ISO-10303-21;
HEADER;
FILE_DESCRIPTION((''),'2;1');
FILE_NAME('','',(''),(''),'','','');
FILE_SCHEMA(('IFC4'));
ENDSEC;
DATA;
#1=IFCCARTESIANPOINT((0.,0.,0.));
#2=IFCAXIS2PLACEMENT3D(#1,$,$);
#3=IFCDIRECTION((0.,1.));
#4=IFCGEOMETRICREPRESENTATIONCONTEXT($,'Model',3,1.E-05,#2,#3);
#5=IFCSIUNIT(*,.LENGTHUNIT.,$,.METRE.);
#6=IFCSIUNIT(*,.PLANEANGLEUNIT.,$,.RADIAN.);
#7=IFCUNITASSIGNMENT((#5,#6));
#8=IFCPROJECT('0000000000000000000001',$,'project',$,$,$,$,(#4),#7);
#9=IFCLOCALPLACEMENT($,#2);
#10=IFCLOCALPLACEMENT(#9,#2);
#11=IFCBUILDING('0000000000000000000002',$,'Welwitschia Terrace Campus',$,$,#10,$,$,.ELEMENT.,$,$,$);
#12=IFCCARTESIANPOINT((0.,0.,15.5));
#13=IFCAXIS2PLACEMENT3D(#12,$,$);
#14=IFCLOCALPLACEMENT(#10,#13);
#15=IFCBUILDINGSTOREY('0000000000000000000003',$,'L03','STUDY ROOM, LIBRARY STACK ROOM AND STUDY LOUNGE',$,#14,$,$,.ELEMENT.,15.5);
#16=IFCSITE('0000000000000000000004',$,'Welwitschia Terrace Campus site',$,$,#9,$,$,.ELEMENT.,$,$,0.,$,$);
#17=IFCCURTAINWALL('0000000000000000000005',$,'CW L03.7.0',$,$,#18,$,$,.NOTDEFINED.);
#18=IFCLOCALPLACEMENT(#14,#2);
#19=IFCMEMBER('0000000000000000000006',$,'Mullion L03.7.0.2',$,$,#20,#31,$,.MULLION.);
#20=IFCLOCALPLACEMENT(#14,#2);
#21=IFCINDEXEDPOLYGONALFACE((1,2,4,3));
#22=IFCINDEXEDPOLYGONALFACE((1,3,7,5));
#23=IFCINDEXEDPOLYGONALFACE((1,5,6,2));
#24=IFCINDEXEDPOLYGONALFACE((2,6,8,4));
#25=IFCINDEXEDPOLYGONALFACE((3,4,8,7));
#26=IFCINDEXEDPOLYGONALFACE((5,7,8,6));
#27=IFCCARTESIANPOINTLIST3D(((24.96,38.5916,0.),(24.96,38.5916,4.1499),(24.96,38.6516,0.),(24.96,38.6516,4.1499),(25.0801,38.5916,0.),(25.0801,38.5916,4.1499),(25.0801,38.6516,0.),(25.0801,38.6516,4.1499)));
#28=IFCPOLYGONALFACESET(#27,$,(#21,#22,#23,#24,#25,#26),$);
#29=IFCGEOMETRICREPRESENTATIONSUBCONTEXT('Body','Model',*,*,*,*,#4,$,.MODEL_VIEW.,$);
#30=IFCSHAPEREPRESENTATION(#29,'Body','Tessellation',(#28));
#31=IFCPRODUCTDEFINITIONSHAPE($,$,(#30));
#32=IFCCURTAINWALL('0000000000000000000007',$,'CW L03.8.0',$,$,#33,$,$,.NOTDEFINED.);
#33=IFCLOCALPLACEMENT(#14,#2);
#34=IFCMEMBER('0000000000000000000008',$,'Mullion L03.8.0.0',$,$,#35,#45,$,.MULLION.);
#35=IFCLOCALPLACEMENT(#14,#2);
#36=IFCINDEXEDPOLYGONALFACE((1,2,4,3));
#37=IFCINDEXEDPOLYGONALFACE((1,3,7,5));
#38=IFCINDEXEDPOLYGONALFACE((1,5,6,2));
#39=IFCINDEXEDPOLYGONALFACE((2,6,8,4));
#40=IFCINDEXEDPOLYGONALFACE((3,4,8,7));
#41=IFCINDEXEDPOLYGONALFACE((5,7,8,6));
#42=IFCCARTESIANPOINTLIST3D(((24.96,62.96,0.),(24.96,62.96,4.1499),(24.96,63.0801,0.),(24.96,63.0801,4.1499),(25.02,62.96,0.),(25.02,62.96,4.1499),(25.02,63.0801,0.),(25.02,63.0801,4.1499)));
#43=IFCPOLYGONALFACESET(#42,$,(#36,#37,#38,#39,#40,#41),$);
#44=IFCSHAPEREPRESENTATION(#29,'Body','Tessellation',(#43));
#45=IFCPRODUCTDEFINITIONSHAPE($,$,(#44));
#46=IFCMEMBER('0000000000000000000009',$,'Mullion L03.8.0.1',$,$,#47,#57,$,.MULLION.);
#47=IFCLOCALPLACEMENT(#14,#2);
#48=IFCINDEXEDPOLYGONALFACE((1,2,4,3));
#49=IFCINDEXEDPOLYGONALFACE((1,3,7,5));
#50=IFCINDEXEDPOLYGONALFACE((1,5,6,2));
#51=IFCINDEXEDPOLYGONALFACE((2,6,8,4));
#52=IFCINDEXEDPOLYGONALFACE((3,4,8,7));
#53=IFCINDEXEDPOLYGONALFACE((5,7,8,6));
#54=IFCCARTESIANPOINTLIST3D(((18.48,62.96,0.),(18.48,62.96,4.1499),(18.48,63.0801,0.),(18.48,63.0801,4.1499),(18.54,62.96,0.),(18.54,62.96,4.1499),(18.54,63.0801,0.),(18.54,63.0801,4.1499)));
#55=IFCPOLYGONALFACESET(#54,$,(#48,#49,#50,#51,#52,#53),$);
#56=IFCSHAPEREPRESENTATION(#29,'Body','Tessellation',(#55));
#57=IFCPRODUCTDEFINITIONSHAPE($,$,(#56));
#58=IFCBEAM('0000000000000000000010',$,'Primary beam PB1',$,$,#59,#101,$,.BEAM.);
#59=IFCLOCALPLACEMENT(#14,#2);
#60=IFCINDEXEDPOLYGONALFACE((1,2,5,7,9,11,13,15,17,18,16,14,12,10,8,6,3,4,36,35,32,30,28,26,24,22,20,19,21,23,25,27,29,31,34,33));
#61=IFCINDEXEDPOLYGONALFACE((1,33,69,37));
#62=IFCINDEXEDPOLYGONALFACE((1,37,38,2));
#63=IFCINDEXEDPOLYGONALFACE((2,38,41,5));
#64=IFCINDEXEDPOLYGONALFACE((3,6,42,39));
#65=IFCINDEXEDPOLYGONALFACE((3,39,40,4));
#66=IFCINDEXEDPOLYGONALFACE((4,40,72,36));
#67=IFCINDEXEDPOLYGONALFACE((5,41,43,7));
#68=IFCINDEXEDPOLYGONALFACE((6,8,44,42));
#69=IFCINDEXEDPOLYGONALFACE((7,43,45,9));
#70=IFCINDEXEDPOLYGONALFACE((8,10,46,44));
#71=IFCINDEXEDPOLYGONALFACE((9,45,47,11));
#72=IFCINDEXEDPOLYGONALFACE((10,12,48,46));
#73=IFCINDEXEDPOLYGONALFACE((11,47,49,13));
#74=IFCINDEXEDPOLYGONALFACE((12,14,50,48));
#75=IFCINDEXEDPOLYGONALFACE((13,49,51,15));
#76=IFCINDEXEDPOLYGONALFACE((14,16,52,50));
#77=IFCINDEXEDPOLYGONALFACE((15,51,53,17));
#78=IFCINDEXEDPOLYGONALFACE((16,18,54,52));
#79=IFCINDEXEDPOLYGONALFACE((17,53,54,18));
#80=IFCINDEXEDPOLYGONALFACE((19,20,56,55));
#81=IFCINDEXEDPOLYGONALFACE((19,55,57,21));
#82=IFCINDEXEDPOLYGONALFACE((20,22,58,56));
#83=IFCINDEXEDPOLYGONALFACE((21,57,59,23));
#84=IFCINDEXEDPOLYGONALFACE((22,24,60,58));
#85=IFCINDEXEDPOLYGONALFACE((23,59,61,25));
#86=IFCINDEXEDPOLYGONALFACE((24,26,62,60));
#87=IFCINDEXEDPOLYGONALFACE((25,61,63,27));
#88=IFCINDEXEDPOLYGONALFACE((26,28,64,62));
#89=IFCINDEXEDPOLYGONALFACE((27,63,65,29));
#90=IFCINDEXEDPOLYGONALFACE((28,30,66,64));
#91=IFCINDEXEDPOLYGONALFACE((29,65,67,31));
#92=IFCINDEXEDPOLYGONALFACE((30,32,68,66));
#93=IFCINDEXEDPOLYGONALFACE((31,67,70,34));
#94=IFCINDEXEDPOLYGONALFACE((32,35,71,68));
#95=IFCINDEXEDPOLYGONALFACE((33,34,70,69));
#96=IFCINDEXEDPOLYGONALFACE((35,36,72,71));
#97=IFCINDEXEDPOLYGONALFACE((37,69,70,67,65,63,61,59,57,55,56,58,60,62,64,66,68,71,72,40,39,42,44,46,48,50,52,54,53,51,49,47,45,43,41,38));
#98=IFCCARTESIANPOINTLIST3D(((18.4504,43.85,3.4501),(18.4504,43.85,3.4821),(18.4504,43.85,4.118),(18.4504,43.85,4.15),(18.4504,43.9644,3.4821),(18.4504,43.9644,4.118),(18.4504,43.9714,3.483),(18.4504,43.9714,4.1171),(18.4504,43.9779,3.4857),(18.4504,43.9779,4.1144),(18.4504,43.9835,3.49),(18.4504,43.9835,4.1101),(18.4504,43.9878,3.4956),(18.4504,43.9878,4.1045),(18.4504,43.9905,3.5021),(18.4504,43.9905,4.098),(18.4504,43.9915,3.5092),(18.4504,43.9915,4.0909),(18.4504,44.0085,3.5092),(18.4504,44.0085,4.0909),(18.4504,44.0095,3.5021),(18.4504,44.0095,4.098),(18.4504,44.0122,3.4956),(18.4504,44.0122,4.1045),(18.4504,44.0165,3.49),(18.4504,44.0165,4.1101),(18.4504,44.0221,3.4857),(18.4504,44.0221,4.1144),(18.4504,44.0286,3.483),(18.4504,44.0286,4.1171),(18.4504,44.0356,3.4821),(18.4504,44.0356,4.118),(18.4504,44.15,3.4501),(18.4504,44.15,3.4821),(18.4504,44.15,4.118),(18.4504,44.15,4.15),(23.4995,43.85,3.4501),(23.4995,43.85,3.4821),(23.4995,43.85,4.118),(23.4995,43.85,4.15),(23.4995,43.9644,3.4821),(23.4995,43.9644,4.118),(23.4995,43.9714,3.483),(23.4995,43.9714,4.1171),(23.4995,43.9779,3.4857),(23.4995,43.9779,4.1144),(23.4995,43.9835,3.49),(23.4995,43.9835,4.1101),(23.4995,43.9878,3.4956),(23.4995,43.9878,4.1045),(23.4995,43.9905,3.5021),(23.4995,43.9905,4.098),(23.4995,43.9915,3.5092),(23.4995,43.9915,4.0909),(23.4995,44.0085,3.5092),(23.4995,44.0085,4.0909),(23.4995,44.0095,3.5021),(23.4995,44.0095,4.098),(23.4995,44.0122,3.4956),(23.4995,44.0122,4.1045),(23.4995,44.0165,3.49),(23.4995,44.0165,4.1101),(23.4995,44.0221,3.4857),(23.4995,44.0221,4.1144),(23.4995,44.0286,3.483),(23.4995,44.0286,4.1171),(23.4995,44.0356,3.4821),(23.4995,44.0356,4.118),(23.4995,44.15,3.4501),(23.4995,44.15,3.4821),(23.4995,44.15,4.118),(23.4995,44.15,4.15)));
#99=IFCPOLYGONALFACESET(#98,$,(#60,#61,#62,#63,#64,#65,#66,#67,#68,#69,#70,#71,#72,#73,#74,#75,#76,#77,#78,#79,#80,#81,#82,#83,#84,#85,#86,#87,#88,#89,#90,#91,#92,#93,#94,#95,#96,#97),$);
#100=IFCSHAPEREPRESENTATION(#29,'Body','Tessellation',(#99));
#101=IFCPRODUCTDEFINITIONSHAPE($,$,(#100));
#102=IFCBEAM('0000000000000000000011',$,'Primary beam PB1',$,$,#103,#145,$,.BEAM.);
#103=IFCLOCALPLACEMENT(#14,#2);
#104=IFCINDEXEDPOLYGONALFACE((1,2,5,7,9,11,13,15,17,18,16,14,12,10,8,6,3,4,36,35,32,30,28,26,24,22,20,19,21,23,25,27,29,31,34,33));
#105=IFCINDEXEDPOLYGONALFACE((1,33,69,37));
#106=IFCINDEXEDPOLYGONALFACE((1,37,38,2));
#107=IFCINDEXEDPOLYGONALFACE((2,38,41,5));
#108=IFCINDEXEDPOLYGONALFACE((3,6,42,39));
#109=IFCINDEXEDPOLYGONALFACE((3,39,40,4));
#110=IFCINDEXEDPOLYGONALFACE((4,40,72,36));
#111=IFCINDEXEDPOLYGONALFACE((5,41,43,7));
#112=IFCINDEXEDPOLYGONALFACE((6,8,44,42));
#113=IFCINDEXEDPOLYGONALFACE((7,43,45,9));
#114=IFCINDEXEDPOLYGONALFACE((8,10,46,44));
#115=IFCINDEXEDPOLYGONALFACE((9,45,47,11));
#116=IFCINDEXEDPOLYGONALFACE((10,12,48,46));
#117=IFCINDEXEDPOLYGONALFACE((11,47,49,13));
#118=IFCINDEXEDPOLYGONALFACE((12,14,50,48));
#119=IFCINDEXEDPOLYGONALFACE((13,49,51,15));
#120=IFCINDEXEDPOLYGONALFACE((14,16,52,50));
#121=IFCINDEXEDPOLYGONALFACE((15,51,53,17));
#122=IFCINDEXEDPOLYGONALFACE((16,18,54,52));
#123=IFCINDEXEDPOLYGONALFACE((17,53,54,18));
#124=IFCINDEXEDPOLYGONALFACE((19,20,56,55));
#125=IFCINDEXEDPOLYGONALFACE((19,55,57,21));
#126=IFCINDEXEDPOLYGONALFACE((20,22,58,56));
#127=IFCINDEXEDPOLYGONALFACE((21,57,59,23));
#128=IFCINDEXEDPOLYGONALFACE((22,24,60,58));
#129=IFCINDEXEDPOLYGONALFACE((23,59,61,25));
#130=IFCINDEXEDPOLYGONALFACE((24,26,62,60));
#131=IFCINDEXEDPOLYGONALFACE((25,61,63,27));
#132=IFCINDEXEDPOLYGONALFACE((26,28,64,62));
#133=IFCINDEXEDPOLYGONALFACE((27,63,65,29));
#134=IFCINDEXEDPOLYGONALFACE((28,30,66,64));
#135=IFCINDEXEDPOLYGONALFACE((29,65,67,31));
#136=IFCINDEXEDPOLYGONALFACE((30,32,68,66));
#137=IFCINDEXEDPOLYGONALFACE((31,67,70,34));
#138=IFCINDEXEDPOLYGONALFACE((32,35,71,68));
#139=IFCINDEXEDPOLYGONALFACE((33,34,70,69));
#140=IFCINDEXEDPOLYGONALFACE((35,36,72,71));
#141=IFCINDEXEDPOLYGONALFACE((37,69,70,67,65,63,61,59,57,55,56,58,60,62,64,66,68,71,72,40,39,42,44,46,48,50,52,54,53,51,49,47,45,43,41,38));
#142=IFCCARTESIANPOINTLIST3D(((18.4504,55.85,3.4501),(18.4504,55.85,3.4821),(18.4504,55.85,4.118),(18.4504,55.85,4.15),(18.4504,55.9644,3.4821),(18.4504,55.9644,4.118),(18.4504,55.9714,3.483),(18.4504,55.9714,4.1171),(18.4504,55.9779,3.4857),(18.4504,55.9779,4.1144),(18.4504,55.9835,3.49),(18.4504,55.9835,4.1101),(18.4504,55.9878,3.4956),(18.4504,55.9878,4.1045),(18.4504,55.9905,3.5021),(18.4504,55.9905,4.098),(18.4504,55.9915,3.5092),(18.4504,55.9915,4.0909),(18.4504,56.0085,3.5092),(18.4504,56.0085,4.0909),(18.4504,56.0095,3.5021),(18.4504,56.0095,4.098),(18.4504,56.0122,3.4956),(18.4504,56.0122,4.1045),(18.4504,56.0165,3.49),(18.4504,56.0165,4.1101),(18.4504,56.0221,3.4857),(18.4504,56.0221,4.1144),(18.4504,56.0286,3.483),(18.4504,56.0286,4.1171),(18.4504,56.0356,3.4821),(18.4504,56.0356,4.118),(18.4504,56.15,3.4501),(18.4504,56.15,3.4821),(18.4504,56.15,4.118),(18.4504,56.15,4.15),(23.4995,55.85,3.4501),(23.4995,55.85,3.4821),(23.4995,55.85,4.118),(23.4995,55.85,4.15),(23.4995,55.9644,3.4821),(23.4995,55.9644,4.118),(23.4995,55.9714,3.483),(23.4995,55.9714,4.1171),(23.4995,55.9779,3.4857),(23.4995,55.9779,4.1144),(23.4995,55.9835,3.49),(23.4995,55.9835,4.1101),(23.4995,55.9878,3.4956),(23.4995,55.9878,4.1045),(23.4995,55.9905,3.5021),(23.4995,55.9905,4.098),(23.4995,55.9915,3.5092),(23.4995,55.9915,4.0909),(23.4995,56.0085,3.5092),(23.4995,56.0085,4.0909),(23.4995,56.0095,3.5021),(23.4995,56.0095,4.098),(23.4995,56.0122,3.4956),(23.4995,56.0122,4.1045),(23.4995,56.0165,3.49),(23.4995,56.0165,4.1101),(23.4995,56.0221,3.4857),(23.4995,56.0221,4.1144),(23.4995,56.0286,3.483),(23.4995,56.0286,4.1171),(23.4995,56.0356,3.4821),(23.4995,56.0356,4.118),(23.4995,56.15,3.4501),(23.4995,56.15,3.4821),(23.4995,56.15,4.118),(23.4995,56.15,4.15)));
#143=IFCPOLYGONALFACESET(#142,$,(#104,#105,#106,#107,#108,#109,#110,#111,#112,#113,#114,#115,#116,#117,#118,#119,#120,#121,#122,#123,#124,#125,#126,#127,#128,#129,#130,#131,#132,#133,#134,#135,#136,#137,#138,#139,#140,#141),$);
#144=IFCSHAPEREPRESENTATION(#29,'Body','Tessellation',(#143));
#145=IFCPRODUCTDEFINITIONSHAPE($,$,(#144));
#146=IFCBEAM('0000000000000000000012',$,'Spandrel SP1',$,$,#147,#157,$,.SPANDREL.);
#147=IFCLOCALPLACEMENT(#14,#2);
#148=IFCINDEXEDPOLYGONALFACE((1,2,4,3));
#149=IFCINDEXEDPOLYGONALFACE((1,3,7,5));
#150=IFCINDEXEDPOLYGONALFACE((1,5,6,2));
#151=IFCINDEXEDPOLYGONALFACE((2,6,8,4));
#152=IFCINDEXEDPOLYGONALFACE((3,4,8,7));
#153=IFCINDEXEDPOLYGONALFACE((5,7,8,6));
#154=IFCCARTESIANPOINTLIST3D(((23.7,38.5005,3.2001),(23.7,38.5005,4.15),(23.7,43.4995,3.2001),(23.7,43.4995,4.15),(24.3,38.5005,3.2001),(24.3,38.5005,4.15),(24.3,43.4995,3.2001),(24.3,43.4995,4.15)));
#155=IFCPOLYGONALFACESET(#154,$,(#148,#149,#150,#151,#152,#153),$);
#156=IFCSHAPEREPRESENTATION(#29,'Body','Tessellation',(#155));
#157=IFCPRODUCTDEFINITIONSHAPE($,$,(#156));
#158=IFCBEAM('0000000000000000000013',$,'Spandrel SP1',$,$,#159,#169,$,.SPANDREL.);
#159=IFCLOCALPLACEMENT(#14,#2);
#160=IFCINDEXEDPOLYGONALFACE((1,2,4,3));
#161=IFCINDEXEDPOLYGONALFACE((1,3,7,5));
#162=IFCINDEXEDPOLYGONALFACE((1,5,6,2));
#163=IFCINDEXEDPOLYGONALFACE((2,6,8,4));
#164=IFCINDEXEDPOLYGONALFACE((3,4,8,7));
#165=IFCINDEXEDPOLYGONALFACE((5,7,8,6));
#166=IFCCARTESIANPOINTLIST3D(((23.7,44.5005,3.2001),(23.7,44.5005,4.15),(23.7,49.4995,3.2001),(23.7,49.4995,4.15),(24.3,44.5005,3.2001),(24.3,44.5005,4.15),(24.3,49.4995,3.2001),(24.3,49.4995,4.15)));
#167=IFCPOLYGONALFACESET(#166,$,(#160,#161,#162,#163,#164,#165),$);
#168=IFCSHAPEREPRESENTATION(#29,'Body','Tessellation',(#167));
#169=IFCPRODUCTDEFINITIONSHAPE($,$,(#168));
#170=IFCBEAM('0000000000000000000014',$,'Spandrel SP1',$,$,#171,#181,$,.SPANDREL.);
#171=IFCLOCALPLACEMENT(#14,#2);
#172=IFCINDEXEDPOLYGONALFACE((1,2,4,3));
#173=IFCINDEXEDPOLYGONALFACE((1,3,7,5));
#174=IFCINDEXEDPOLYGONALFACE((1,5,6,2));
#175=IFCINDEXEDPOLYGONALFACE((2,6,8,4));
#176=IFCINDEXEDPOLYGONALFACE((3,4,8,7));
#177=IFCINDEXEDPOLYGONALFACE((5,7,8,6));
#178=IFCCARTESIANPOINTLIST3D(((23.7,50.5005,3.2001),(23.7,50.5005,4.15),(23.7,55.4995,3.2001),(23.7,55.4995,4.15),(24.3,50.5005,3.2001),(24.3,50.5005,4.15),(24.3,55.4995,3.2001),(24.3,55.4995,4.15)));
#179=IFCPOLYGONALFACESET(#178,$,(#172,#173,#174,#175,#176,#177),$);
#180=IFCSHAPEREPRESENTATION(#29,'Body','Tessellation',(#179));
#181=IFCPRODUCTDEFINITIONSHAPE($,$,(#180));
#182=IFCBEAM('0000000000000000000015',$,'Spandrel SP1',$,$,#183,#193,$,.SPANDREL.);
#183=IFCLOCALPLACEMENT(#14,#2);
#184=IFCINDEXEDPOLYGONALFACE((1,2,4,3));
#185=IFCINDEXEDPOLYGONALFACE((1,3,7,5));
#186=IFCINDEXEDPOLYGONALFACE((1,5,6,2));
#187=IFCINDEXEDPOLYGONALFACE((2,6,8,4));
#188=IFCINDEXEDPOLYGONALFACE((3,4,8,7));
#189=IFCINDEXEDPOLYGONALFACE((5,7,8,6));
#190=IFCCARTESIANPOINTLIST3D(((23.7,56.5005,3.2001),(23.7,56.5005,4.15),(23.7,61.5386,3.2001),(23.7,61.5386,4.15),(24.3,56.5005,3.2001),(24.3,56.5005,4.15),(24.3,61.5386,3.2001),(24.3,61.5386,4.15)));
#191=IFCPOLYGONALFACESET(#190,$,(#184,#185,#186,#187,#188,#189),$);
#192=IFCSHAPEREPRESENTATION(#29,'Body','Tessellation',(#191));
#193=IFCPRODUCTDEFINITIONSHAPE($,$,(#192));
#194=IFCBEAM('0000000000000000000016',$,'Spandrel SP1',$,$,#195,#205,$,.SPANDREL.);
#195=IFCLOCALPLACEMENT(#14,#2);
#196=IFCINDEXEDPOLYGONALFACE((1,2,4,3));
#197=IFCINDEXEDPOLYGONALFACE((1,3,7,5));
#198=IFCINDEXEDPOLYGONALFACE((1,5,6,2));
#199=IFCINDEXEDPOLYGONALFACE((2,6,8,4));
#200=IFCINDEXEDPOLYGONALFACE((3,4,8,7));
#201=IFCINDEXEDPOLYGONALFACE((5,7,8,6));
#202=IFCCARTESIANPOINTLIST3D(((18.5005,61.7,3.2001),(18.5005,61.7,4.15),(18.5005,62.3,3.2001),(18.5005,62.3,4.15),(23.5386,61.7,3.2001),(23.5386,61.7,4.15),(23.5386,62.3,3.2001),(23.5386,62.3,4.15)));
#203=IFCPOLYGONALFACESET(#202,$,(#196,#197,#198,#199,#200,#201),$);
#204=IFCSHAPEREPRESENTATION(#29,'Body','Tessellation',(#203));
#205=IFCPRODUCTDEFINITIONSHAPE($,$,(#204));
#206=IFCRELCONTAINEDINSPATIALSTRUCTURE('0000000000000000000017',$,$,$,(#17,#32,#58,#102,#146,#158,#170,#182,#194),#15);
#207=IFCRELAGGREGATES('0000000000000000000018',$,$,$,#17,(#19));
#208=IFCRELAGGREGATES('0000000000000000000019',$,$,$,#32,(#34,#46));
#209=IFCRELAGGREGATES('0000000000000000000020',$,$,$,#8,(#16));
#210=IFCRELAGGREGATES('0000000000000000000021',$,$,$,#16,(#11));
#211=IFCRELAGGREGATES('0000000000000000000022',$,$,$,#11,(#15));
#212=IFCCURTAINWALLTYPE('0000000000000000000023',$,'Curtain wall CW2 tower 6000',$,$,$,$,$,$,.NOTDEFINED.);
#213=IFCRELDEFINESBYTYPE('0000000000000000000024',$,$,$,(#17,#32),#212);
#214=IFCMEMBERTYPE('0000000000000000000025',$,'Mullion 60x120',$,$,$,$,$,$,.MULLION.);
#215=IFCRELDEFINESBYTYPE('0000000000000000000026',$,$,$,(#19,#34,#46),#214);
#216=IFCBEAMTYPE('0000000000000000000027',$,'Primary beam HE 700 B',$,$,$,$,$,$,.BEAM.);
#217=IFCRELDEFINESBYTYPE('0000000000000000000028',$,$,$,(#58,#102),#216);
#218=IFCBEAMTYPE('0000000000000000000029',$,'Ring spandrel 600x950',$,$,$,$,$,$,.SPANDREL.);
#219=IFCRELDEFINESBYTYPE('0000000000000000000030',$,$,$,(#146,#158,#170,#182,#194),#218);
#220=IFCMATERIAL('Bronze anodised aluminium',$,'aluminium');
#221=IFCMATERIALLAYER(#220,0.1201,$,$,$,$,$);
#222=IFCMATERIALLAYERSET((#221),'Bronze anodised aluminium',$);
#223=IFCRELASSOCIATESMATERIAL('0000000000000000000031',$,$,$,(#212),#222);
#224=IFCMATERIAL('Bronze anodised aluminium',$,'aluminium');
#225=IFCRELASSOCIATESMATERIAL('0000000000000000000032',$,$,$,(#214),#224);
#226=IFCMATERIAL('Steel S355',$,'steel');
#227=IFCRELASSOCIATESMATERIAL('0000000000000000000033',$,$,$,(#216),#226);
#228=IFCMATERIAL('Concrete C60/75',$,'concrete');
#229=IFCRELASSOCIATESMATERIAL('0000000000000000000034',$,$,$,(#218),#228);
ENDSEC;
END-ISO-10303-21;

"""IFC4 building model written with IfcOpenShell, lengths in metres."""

from ifc_helpers import new_model, si_unit, direction, frame, origin, origin_2d, place, context, subcontext, project, spatial, rectangle, i_section, extrude, material, layer, layer_set, material_profile, profile_set, type_object, element, aggregate, save


model = new_model("IFC4")

# Units and contexts
model_context = context("Model", 3, precision=1e-05, world=origin(), true_north=direction((0.0, 1.0)))
body_context = subcontext(model_context, "Body", "Model", "MODEL_VIEW")
ifc_project = project(units=[si_unit("LENGTHUNIT", "METRE"), si_unit("PLANEANGLEUNIT", "RADIAN")], contexts=[model_context])

# Site, building, storey
site_placement = place(None, origin())
site = spatial("IfcSite", under=ifc_project, at=site_placement, Name="Welwitschia Terrace Campus site", CompositionType="ELEMENT", RefElevation=0.0)
building_placement = place(site_placement, origin())
building = spatial("IfcBuilding", under=site, at=building_placement, Name="Welwitschia Terrace Campus", CompositionType="ELEMENT")
storey_placement = place(building_placement, frame((0.0, 0.0, 15.5)))
storey = spatial("IfcBuildingStorey", under=building, at=storey_placement, Name="L03", Description="STUDY ROOM, LIBRARY STACK ROOM AND STUDY LOUNGE", CompositionType="ELEMENT", Elevation=15.5)

# Curtain wall, member
ifc_material_1 = material(Name="Bronze anodised aluminium", Category="aluminium")
ifc_layer_1 = layer(ifc_material_1, 0.1201)
ifc_layer_set_1 = layer_set([ifc_layer_1], Name="Bronze anodised aluminium")
curtain_wall_type = type_object("IfcCurtainWallType", Name="Curtain wall CW2 tower 6000", PredefinedType="NOTDEFINED", material=ifc_layer_set_1)
curtain_wall_1_placement = place(storey_placement, origin())
curtain_wall_1 = element("IfcCurtainWall", 1, at=curtain_wall_1_placement, inside=storey, type_object=curtain_wall_type, Name="CW L03.7.0", PredefinedType="NOTDEFINED")
ifc_material_2 = material(Name="Bronze anodised aluminium", Category="aluminium")
ifc_material_profile_1 = material_profile(ifc_material_2, rectangle(XDim=0.1201, YDim=0.0601, at=origin_2d()))
ifc_profile_set_1 = profile_set([ifc_material_profile_1], Name="Bronze anodised aluminium")
member_type_1 = type_object("IfcMemberType", Name="Mullion 60x120", PredefinedType="MULLION", material=ifc_profile_set_1)
member_1_placement = place(storey_placement, frame((25.02, 38.6216, 0.0), z_axis=(0.0, 0.0, 1.0), x_axis=(-1.0, 0.0, 0.0)))
member_1 = element("IfcMember", 2, at=member_1_placement, type_object=member_type_1, Name="Mullion L03.7.0.2", PredefinedType="MULLION", context=body_context, shape_type="SweptSolid", body=[
    extrude(rectangle(XDim=0.1201, YDim=0.0601, at=origin_2d()), origin(), (0.0, 0.0, 1.0), 4.1499),
])

# Curtain wall, members
curtain_wall_2_placement = place(storey_placement, origin())
curtain_wall_2 = element("IfcCurtainWall", 3, at=curtain_wall_2_placement, inside=storey, type_object=curtain_wall_type, Name="CW L03.8.0", PredefinedType="NOTDEFINED")
member_2_placement = place(storey_placement, frame((24.99, 63.02, 0.0), z_axis=(0.0, 0.0, 1.0), x_axis=(0.0, -1.0, 0.0)))
member_2 = element("IfcMember", 4, at=member_2_placement, type_object=member_type_1, Name="Mullion L03.8.0.0", PredefinedType="MULLION", context=body_context, shape_type="SweptSolid", body=[
    extrude(rectangle(XDim=0.1201, YDim=0.0601, at=origin_2d()), origin(), (0.0, 0.0, 1.0), 4.1499),
])
member_3_placement = place(storey_placement, frame((18.51, 63.02, 0.0), z_axis=(0.0, 0.0, 1.0), x_axis=(0.0, -1.0, 0.0)))
member_3 = element("IfcMember", 5, at=member_3_placement, type_object=member_type_1, Name="Mullion L03.8.0.1", PredefinedType="MULLION", context=body_context, shape_type="SweptSolid", body=[
    extrude(rectangle(XDim=0.1201, YDim=0.0601, at=origin_2d()), origin(), (0.0, 0.0, 1.0), 4.1499),
])

# Beams
ifc_material_3 = material(Name="Steel S355", Category="steel")
ifc_material_profile_2 = material_profile(ifc_material_3, i_section(OverallWidth=0.3, OverallDepth=0.7, WebThickness=0.0171, FlangeThickness=0.032, FilletRadius=0.0271, at=origin_2d()))
ifc_profile_set_2 = profile_set([ifc_material_profile_2], Name="Steel S355")
beam_type_1 = type_object("IfcBeamType", Name="Primary beam HE 700 B", PredefinedType="BEAM", material=ifc_profile_set_2)
for number, where, z_axis, x_axis, name in (
    (6, (23.4995, 44.0, 3.8), (-1.0, 0.0, 0.0), (0.0, -1.0, 0.0), "Primary beam PB1"),
    (7, (23.4995, 56.0, 3.8), (-1.0, 0.0, 0.0), (0.0, -1.0, 0.0), "Primary beam PB1"),
):
    element("IfcBeam", number, at=place(storey_placement, frame(where, z_axis=z_axis, x_axis=x_axis)), inside=storey, type_object=beam_type_1, Name=name, PredefinedType="BEAM", context=body_context, shape_type="SweptSolid", body=[
        extrude(i_section(OverallWidth=0.3, OverallDepth=0.7, WebThickness=0.0171, FlangeThickness=0.032, FilletRadius=0.0271, at=origin_2d()), origin(), (0.0, 0.0, 1.0), 5.0491),
    ])
ifc_material_4 = material(Name="Concrete C60/75", Category="concrete")
ifc_material_profile_3 = material_profile(ifc_material_4, rectangle(XDim=0.6001, YDim=0.95, at=origin_2d()))
ifc_profile_set_3 = profile_set([ifc_material_profile_3], Name="Concrete C60/75")
beam_type_2 = type_object("IfcBeamType", Name="Ring spandrel 600x950", PredefinedType="SPANDREL", material=ifc_profile_set_3)
for number, where, z_axis, x_axis, name in (
    (8, (24.0, 38.5005, 3.675), (0.0, 1.0, 0.0), (-1.0, 0.0, 0.0), "Spandrel SP1"),
    (9, (24.0, 44.5005, 3.675), (0.0, 1.0, 0.0), (-1.0, 0.0, 0.0), "Spandrel SP1"),
    (10, (24.0, 50.5005, 3.675), (0.0, 1.0, 0.0), (-1.0, 0.0, 0.0), "Spandrel SP1"),
):
    element("IfcBeam", number, at=place(storey_placement, frame(where, z_axis=z_axis, x_axis=x_axis)), inside=storey, type_object=beam_type_2, Name=name, PredefinedType="SPANDREL", context=body_context, shape_type="SweptSolid", body=[
        extrude(rectangle(XDim=0.6001, YDim=0.95, at=origin_2d()), origin(), (0.0, 0.0, 1.0), 4.999),
    ])
for number, where, z_axis, x_axis, name in (
    (11, (24.0, 56.5005, 3.675), (0.0, 1.0, 0.0), (-1.0, 0.0, 0.0), "Spandrel SP1"),
    (12, (23.5386, 62.0, 3.675), (-1.0, 0.0, 0.0), (0.0, -1.0, 0.0), "Spandrel SP1"),
):
    element("IfcBeam", number, at=place(storey_placement, frame(where, z_axis=z_axis, x_axis=x_axis)), inside=storey, type_object=beam_type_2, Name=name, PredefinedType="SPANDREL", context=body_context, shape_type="SweptSolid", body=[
        extrude(rectangle(XDim=0.6001, YDim=0.95, at=origin_2d()), origin(), (0.0, 0.0, 1.0), 5.0381),
    ])

aggregate(curtain_wall_1, [member_1])
aggregate(curtain_wall_2, [member_2, member_3])

save(model, "model.ifc")
